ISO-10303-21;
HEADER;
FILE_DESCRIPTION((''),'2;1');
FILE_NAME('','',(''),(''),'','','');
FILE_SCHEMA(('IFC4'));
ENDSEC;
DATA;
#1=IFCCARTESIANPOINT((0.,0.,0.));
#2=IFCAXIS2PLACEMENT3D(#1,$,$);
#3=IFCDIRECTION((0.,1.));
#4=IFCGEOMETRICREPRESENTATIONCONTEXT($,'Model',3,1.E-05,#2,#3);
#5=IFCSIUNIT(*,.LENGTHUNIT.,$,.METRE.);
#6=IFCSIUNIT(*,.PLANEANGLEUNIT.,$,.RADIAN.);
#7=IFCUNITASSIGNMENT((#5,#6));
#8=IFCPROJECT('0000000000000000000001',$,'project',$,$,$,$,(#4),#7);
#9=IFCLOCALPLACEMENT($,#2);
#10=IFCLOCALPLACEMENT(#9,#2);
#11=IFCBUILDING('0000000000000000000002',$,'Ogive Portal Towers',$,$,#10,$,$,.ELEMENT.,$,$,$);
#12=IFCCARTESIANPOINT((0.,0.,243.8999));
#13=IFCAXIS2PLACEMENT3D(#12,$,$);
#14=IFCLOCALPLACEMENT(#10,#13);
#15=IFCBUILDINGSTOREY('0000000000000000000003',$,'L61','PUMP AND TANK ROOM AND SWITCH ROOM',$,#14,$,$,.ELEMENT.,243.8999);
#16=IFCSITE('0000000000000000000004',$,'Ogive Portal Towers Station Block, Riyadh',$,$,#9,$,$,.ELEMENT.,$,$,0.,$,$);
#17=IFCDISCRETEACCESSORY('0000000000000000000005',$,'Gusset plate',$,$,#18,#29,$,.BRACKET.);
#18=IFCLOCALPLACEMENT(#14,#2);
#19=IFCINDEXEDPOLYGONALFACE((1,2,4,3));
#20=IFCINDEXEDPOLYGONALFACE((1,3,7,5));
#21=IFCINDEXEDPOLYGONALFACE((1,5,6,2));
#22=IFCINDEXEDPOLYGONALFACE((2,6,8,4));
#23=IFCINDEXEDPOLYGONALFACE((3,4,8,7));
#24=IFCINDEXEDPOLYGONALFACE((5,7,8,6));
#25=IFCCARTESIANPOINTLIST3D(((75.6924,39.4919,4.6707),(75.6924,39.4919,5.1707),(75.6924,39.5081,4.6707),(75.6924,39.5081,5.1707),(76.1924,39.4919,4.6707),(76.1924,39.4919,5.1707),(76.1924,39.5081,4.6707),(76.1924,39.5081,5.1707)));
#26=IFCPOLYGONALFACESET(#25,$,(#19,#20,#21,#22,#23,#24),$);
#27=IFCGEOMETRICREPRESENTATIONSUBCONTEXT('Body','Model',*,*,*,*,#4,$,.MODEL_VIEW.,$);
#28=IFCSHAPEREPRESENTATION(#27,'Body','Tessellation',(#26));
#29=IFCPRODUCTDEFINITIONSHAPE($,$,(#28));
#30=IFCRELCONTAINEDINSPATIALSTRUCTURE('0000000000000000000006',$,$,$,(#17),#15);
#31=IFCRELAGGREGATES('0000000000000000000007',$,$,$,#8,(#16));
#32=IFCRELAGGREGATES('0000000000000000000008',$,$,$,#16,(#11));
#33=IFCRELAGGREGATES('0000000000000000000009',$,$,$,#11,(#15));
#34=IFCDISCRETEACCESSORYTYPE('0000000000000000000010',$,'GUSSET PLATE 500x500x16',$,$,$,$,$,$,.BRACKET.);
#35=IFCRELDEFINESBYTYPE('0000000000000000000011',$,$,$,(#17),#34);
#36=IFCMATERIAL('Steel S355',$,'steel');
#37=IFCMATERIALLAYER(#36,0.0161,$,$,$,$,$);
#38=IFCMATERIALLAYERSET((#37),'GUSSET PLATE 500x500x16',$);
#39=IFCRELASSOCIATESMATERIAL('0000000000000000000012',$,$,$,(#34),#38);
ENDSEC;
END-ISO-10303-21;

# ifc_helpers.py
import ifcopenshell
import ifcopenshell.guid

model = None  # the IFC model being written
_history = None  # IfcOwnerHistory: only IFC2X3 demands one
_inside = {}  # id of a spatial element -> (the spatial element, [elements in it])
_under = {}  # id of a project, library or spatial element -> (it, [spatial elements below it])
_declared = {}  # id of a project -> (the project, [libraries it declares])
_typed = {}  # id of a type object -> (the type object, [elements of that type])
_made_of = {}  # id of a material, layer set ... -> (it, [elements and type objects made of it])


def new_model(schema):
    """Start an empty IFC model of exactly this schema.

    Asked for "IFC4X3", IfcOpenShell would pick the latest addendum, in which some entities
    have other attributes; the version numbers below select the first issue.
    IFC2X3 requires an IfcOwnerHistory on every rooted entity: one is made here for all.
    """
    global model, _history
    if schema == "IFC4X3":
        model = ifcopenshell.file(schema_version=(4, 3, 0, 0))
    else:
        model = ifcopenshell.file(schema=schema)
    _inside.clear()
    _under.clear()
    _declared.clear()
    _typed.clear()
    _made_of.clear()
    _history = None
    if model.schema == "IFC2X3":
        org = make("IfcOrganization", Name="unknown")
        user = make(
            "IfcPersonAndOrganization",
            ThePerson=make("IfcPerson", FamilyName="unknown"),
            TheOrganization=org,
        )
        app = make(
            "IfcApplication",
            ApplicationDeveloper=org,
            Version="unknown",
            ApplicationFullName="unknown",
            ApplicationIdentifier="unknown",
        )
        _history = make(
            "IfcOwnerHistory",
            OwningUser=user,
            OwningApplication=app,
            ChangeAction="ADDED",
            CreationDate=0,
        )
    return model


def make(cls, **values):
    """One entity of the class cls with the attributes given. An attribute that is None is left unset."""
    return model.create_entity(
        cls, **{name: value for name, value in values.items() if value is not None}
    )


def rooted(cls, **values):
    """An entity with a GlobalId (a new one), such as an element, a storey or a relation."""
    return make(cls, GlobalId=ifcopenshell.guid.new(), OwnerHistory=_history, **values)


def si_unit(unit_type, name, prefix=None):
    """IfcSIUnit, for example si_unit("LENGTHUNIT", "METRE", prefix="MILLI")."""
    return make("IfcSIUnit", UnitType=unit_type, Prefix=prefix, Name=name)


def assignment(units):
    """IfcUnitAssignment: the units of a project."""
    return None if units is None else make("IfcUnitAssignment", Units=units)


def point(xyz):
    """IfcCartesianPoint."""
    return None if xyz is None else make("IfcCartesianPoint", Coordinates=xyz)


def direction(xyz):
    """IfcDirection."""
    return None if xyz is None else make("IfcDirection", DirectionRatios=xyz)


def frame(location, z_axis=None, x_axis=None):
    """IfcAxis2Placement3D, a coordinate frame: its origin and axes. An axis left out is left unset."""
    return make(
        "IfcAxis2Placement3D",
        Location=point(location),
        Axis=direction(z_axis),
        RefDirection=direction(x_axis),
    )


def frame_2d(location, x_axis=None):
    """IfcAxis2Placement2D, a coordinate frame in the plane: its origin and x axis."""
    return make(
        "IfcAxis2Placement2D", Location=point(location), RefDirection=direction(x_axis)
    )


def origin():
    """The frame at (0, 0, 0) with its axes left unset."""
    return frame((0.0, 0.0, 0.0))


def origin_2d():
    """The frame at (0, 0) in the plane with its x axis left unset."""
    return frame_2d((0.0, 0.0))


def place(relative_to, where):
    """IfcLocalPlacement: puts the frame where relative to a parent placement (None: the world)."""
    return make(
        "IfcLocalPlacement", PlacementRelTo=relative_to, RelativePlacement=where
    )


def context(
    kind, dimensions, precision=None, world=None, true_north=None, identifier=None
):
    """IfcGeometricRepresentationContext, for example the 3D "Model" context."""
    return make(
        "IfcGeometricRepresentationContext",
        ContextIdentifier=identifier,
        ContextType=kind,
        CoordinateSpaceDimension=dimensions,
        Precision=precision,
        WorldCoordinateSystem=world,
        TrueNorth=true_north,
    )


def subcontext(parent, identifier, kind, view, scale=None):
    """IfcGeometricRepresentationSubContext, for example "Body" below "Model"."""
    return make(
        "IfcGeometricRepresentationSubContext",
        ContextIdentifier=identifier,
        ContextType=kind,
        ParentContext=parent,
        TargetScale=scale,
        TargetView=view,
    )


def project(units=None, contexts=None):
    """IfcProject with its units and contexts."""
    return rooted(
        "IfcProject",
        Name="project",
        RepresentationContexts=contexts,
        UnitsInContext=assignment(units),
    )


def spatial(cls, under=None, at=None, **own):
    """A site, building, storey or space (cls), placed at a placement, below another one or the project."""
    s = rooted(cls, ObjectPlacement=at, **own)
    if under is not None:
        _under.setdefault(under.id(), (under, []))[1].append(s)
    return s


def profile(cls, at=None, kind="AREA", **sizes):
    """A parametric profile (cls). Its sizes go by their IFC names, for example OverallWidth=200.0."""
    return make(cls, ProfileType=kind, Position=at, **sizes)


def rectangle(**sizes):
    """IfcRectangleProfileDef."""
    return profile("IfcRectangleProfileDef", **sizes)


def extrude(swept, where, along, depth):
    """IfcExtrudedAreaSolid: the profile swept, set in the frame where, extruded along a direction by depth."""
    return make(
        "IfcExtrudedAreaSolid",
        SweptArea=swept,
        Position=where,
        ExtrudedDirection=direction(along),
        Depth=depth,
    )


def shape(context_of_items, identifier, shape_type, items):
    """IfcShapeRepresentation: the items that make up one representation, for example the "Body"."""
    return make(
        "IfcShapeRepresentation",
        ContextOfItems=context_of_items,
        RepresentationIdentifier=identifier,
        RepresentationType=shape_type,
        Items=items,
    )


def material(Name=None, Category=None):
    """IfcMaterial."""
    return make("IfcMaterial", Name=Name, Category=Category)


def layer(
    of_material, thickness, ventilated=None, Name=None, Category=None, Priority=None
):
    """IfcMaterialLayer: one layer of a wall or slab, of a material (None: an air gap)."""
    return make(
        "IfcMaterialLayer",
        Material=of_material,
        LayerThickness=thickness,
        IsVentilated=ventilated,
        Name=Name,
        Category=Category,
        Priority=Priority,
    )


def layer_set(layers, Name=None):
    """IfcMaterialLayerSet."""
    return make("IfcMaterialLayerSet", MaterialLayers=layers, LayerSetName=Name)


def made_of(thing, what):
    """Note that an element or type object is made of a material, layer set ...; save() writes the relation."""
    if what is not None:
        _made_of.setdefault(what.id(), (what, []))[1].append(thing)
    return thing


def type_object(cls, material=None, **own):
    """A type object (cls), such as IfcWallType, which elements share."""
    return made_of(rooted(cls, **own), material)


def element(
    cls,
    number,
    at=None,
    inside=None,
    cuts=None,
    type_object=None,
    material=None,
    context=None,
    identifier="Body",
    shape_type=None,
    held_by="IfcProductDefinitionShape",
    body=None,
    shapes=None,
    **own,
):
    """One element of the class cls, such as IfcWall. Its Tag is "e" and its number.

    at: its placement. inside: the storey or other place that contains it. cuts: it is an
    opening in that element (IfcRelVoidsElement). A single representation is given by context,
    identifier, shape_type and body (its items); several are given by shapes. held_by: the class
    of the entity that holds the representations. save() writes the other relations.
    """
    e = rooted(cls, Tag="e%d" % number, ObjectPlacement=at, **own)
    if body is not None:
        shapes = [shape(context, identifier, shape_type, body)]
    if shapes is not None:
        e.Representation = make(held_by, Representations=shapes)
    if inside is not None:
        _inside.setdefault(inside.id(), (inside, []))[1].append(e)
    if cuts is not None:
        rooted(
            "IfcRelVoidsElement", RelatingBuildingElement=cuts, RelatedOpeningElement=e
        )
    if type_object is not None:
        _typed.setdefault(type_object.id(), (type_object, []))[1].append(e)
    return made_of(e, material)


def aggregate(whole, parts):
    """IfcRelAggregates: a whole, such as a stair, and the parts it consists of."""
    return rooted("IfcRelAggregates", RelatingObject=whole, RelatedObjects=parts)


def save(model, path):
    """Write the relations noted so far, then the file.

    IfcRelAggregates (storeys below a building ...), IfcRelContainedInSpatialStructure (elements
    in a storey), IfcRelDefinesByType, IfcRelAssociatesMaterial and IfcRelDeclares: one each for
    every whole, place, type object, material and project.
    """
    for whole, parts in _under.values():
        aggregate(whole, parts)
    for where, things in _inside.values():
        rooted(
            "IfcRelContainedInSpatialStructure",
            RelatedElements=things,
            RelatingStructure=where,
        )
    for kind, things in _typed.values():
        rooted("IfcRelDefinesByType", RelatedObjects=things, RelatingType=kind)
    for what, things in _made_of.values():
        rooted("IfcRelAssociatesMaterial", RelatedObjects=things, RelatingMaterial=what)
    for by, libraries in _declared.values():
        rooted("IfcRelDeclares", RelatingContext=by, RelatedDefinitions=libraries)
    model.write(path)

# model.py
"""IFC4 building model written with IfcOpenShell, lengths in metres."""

from ifc_helpers import new_model, si_unit, direction, frame, origin, origin_2d, place, context, subcontext, project, spatial, rectangle, extrude, material, layer, layer_set, type_object, element, save


model = new_model("IFC4")

# Units and contexts
model_context = context("Model", 3, precision=1e-05, world=origin(), true_north=direction((0.0, 1.0)))
body_context = subcontext(model_context, "Body", "Model", "MODEL_VIEW")
ifc_project = project(units=[si_unit("LENGTHUNIT", "METRE"), si_unit("PLANEANGLEUNIT", "RADIAN")], contexts=[model_context])

# Site, building, storey
site_placement = place(None, origin())
site = spatial("IfcSite", under=ifc_project, at=site_placement, Name="Ogive Portal Towers Station Block, Riyadh", CompositionType="ELEMENT", RefElevation=0.0)
building_placement = place(site_placement, origin())
building = spatial("IfcBuilding", under=site, at=building_placement, Name="Ogive Portal Towers", CompositionType="ELEMENT")
storey_placement = place(building_placement, frame((0.0, 0.0, 243.8999)))
storey = spatial("IfcBuildingStorey", under=building, at=storey_placement, Name="L61", Description="PUMP AND TANK ROOM AND SWITCH ROOM", CompositionType="ELEMENT", Elevation=243.8999)

# Shared definitions
ifc_material_1 = material(Name="Steel S355", Category="steel")

# Discrete accessory
ifc_layer_1 = layer(ifc_material_1, 0.0161)
ifc_layer_set_1 = layer_set([ifc_layer_1], Name="GUSSET PLATE 500x500x16")
discrete_accessory_type = type_object("IfcDiscreteAccessoryType", Name="GUSSET PLATE 500x500x16", PredefinedType="BRACKET", material=ifc_layer_set_1)
for number, where, z_axis, x_axis, name in (
    (1, (75.9424, 39.5, 4.6707), (0.0, 0.0, 1.0), (-1.0, 0.0, 0.0), "Gusset plate"),
):
    element("IfcDiscreteAccessory", number, at=place(storey_placement, frame(where, z_axis=z_axis, x_axis=x_axis)), inside=storey, type_object=discrete_accessory_type, Name=name, PredefinedType="BRACKET", context=body_context, shape_type="SweptSolid", body=[
        extrude(rectangle(XDim=0.5, YDim=0.0161, at=origin_2d()), origin(), (0.0, 0.0, 1.0), 0.5),
    ])

save(model, "model.ifc")
